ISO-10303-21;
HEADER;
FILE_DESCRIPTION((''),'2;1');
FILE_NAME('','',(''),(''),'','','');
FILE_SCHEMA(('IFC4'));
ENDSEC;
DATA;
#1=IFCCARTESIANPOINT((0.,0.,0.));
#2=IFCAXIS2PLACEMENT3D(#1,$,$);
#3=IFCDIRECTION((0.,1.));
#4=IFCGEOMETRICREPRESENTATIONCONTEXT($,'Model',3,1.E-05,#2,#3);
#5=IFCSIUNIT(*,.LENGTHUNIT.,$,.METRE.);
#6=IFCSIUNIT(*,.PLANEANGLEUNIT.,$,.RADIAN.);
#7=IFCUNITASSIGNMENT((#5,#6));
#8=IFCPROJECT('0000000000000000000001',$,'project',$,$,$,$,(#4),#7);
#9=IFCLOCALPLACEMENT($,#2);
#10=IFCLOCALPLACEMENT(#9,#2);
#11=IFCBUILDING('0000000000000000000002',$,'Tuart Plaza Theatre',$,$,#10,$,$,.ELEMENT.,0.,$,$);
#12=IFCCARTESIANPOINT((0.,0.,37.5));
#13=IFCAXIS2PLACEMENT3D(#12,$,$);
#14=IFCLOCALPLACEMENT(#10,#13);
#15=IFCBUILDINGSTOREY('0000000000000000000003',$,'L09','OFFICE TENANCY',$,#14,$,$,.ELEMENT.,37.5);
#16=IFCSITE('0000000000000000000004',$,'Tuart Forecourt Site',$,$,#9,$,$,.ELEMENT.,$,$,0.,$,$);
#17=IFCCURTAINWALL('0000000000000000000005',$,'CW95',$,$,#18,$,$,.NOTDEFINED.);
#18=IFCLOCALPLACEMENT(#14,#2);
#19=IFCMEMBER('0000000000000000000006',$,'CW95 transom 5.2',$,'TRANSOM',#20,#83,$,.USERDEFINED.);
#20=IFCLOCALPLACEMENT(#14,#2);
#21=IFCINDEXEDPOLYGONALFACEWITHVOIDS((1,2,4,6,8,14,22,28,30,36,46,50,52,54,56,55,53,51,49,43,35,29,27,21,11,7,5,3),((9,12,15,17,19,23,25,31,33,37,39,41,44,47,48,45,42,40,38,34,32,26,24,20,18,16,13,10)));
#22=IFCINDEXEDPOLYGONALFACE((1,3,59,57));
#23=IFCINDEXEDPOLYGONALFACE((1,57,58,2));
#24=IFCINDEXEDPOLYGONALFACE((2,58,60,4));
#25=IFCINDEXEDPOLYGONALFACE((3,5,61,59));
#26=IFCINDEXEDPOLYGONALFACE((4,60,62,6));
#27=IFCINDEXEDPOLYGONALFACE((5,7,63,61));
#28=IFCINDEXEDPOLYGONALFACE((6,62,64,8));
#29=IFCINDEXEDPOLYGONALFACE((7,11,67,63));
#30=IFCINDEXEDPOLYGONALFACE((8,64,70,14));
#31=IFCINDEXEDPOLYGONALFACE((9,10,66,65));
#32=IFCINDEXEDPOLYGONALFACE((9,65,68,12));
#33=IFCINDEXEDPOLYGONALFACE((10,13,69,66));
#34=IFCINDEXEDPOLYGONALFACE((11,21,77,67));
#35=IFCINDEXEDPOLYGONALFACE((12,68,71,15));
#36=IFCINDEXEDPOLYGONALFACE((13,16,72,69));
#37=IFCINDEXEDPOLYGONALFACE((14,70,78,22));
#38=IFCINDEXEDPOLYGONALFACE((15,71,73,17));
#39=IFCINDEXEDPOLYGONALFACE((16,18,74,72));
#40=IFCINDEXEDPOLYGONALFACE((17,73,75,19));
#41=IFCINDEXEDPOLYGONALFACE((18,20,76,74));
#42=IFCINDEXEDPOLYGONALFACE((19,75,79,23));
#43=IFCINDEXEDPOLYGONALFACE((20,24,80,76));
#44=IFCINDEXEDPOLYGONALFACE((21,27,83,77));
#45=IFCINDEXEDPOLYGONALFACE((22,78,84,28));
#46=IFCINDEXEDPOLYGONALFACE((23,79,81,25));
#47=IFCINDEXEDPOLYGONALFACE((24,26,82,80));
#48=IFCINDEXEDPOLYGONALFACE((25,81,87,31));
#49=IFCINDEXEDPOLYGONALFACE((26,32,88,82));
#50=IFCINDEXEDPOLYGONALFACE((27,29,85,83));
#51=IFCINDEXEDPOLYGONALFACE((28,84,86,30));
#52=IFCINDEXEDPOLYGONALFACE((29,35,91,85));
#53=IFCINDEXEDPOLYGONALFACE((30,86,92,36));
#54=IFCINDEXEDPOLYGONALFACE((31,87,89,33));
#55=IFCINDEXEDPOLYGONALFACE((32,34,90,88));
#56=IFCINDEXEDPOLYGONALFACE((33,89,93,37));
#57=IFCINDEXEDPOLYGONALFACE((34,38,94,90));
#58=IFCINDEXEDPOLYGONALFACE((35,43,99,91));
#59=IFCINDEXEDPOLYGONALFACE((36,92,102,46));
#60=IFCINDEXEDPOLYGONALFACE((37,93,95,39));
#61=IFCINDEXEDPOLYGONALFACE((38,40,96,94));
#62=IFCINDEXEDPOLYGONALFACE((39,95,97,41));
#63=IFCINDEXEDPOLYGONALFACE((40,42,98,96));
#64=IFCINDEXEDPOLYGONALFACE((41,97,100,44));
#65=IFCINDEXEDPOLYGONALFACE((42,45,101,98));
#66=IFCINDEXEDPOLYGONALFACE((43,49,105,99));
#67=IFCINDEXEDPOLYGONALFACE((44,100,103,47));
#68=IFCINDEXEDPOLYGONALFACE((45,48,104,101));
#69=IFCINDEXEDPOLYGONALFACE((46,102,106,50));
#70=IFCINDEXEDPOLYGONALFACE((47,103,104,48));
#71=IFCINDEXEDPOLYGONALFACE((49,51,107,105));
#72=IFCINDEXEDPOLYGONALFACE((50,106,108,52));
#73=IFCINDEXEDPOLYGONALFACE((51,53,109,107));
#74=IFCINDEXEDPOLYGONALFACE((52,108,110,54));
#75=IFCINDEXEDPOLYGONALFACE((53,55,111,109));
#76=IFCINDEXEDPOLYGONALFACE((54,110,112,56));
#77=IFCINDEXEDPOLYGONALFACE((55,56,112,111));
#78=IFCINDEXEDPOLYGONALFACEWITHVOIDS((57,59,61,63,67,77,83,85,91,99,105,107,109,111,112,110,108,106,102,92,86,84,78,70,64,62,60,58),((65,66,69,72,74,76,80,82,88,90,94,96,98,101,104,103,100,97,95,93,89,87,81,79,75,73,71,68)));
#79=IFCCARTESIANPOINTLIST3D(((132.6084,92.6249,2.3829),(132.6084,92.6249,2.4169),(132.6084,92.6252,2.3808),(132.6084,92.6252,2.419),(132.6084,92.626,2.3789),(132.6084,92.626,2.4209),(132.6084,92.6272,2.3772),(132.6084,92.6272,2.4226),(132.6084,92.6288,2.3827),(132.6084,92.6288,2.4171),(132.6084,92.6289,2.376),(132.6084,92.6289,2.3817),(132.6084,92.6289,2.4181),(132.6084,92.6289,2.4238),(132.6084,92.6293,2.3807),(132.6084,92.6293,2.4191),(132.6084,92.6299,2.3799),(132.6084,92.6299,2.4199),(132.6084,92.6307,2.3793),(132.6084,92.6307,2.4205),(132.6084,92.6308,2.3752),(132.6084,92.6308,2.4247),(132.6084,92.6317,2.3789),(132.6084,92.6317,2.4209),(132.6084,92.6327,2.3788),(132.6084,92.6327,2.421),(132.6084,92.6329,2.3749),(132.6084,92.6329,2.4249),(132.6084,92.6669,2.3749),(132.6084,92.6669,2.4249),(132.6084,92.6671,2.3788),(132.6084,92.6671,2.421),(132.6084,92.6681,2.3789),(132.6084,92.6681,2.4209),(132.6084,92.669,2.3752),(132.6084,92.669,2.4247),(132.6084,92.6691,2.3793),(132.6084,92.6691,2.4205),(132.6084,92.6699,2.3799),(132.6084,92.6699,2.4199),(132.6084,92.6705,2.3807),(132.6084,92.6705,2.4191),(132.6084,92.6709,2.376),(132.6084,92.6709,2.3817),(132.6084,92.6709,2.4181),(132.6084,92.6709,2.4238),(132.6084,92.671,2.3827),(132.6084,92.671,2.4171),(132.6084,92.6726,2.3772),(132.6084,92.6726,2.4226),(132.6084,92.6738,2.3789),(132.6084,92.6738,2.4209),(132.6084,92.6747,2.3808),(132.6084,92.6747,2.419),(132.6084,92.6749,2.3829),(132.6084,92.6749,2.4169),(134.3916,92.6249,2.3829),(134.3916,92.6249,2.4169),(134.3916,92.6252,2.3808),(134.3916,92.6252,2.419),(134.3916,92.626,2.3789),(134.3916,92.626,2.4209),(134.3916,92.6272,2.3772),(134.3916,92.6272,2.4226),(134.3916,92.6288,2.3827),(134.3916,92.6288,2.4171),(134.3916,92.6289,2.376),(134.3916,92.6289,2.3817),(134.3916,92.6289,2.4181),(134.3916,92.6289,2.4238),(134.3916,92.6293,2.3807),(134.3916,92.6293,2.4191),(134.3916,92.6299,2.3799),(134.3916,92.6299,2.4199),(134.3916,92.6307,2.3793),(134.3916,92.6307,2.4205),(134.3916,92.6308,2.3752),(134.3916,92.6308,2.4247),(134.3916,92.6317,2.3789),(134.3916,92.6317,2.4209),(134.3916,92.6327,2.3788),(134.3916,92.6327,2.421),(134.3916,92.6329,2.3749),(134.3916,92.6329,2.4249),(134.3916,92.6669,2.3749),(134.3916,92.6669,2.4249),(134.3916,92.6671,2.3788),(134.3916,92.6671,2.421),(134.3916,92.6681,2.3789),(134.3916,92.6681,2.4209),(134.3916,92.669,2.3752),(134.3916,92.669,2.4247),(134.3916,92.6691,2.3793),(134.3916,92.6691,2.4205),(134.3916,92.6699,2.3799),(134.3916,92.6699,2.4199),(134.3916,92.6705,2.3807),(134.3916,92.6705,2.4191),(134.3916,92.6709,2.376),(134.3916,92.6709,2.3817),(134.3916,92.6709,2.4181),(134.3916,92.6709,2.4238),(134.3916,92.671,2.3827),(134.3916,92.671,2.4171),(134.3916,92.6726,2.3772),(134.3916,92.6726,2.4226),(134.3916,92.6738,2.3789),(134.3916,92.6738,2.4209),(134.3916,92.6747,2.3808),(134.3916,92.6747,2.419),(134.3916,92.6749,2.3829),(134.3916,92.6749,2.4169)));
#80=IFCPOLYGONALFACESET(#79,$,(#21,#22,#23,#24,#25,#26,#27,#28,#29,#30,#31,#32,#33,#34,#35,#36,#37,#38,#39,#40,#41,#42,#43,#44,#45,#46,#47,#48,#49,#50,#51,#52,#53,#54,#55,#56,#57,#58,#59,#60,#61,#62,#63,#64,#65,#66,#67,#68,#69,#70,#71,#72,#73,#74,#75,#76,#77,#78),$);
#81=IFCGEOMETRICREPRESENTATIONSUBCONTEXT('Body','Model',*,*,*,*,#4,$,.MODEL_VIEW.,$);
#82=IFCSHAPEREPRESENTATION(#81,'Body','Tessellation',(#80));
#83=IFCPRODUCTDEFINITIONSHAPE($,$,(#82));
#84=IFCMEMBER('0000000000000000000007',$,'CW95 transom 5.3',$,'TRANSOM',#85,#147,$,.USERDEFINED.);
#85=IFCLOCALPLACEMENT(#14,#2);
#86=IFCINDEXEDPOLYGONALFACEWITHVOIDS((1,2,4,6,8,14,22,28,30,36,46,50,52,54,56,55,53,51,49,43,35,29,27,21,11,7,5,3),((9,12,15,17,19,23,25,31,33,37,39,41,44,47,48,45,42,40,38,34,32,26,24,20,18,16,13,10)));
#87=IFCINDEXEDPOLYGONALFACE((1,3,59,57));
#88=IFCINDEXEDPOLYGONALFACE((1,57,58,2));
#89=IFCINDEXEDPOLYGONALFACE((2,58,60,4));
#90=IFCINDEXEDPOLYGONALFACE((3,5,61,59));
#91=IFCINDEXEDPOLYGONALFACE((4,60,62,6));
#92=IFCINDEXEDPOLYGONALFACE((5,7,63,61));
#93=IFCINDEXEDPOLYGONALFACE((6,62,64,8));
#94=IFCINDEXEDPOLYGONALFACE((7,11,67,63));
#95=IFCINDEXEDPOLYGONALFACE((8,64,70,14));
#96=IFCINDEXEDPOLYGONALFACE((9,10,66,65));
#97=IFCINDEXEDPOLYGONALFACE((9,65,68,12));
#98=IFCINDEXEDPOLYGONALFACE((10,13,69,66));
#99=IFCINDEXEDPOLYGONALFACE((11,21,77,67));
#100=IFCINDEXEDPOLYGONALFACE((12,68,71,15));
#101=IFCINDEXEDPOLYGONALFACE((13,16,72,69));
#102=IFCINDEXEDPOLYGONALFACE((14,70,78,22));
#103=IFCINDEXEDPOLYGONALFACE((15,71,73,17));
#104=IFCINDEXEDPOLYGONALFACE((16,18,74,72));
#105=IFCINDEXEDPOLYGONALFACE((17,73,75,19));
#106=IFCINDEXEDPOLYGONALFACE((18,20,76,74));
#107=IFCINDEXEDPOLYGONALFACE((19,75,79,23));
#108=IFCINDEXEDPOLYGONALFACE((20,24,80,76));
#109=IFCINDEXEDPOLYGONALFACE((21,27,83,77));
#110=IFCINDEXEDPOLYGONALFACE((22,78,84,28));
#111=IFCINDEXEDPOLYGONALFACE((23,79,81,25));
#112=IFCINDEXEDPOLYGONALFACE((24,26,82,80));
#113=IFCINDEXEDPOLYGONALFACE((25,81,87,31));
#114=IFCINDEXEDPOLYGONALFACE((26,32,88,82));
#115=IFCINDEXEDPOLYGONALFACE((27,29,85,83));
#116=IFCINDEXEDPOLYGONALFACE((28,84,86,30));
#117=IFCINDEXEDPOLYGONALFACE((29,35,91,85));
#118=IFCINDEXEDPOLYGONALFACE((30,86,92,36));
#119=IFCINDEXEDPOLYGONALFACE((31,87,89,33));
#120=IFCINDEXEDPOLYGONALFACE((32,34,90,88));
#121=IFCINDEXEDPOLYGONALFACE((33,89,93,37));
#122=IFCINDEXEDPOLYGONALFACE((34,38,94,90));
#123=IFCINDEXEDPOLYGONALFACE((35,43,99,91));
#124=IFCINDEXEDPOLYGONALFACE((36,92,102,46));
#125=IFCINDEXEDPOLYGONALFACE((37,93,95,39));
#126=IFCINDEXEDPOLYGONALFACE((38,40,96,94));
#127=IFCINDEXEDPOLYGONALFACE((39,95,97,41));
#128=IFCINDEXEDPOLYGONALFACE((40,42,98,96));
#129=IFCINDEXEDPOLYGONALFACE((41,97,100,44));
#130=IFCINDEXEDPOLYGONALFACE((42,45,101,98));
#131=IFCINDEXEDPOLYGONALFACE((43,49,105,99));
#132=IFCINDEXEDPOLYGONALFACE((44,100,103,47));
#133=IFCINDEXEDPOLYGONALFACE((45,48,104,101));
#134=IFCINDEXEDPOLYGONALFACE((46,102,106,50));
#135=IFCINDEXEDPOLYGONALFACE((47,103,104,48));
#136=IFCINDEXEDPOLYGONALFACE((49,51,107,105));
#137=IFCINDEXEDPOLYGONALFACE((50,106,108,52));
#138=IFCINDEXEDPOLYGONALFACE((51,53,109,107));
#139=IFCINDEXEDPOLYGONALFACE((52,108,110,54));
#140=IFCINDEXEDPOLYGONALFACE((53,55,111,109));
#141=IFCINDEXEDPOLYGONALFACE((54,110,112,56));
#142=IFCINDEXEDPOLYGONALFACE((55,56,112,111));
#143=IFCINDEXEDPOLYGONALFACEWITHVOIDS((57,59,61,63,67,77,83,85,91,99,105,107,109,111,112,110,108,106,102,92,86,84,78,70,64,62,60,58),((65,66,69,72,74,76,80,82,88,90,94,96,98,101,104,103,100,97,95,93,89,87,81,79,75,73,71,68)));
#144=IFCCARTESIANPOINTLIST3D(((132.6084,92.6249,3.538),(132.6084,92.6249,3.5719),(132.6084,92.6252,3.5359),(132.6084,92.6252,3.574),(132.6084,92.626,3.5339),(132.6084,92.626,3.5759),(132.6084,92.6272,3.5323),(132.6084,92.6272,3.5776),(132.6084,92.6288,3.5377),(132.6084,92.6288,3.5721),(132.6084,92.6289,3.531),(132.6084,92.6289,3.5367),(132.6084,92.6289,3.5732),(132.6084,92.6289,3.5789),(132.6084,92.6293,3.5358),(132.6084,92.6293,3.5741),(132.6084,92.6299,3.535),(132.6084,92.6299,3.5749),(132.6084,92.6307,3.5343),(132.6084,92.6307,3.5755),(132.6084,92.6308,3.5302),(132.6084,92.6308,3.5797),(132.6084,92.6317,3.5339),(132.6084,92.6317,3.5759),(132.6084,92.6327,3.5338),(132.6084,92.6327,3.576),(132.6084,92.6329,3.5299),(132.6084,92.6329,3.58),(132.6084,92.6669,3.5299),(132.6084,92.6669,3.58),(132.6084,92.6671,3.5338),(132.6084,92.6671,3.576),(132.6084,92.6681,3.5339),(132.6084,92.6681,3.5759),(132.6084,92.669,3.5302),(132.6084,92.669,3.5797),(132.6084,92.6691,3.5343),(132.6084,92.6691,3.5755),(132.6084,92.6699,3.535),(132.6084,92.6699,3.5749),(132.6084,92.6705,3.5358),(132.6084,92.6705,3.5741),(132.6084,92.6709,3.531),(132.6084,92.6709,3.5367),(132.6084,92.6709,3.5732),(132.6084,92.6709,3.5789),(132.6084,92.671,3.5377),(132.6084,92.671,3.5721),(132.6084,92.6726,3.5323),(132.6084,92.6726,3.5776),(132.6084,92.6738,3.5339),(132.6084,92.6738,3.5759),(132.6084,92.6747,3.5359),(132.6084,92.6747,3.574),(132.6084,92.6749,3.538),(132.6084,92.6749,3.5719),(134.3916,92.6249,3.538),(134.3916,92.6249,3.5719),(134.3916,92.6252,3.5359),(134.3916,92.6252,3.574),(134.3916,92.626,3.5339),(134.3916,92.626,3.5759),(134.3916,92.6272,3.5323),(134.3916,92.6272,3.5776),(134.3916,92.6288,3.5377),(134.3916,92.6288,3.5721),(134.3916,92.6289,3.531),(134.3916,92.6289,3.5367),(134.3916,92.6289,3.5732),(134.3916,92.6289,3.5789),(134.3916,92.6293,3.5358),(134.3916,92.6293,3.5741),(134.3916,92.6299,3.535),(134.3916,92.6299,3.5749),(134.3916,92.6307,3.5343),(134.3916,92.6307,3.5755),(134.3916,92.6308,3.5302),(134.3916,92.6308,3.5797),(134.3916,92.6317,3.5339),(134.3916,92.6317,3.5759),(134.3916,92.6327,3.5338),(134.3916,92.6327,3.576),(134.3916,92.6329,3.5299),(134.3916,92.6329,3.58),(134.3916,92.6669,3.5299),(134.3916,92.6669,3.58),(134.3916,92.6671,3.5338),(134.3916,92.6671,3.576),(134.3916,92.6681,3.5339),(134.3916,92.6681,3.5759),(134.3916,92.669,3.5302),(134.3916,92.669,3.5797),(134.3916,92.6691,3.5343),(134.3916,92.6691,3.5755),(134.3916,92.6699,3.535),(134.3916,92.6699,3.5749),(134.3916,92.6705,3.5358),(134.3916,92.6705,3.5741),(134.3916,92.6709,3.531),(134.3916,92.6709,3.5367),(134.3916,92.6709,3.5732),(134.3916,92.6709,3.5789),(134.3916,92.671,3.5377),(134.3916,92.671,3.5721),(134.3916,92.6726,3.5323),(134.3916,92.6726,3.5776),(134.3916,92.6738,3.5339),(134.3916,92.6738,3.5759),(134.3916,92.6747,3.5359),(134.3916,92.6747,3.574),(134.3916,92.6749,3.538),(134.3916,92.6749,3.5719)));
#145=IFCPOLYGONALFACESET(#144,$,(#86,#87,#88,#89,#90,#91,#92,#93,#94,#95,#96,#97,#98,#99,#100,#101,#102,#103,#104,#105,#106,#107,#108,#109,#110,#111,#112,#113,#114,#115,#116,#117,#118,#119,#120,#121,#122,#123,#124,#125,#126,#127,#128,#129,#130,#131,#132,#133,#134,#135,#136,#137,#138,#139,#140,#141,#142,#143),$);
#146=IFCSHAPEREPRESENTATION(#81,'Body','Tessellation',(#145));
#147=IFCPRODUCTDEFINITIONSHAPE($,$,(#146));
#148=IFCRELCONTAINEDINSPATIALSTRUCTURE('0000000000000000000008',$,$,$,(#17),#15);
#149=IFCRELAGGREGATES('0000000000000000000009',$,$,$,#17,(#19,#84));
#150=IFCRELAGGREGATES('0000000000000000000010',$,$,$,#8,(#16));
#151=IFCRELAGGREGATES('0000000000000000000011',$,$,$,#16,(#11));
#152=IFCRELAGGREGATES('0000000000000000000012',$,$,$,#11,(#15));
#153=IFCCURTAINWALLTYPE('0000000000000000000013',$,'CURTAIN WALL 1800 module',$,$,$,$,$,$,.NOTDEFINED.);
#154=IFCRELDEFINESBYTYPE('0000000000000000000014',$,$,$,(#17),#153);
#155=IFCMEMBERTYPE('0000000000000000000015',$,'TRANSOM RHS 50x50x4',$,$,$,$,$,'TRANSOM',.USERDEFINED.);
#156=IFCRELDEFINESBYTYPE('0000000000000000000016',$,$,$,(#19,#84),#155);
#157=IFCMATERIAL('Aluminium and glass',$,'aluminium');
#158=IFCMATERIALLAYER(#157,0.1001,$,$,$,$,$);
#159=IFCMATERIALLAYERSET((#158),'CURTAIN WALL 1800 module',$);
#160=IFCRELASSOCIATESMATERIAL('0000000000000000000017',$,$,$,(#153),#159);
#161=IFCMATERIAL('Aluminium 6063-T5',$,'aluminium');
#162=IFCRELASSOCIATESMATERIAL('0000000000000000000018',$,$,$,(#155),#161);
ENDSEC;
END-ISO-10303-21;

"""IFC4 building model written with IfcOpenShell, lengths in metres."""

from ifc_helpers import new_model, si_unit, direction, frame, origin, origin_2d, place, context, subcontext, project, spatial, hollow_rectangle, extrude, material, layer, layer_set, material_profile, profile_set, type_object, element, aggregate, save


model = new_model("IFC4")

# Units and contexts
model_context = context("Model", 3, precision=1e-05, world=origin(), true_north=direction((0.0, 1.0)))
body_context = subcontext(model_context, "Body", "Model", "MODEL_VIEW")
ifc_project = project(units=[si_unit("LENGTHUNIT", "METRE"), si_unit("PLANEANGLEUNIT", "RADIAN")], contexts=[model_context])

# Site, building, storey
site_placement = place(None, origin())
site = spatial("IfcSite", under=ifc_project, at=site_placement, Name="Tuart Forecourt Site", CompositionType="ELEMENT", RefElevation=0.0)
building_placement = place(site_placement, origin())
building = spatial("IfcBuilding", under=site, at=building_placement, Name="Tuart Plaza Theatre", CompositionType="ELEMENT", ElevationOfRefHeight=0.0)
storey_placement = place(building_placement, frame((0.0, 0.0, 37.5)))
storey = spatial("IfcBuildingStorey", under=building, at=storey_placement, Name="L09", Description="OFFICE TENANCY", CompositionType="ELEMENT", Elevation=37.5)

# Curtain wall, members
ifc_material_1 = material(Name="Aluminium and glass", Category="aluminium")
ifc_layer_1 = layer(ifc_material_1, 0.1001)
ifc_layer_set_1 = layer_set([ifc_layer_1], Name="CURTAIN WALL 1800 module")
curtain_wall_type = type_object("IfcCurtainWallType", Name="CURTAIN WALL 1800 module", PredefinedType="NOTDEFINED", material=ifc_layer_set_1)
curtain_wall_placement = place(storey_placement, origin())
curtain_wall = element("IfcCurtainWall", 1, at=curtain_wall_placement, inside=storey, type_object=curtain_wall_type, Name="CW95", PredefinedType="NOTDEFINED")
ifc_material_2 = material(Name="Aluminium 6063-T5", Category="aluminium")
ifc_material_profile_1 = material_profile(ifc_material_2, hollow_rectangle(XDim=0.05, YDim=0.05, WallThickness=0.0039, InnerFilletRadius=0.0039, OuterFilletRadius=0.0081, at=origin_2d()), Name="RHS 50x50x4")
ifc_profile_set_1 = profile_set([ifc_material_profile_1], Name="Aluminium 6063-T5")
member_type_1 = type_object("IfcMemberType", Name="TRANSOM RHS 50x50x4", ElementType="TRANSOM", PredefinedType="USERDEFINED", material=ifc_profile_set_1)
member_1_placement = place(storey_placement, frame((134.3916, 92.6499, 2.3999), z_axis=(-1.0, 0.0, 0.0), x_axis=(0.0, -1.0, 0.0)))
member_1 = element("IfcMember", 2, at=member_1_placement, type_object=member_type_1, Name="CW95 transom 5.2", ObjectType="TRANSOM", PredefinedType="USERDEFINED", context=body_context, shape_type="SweptSolid", body=[
    extrude(hollow_rectangle(XDim=0.05, YDim=0.05, WallThickness=0.0039, InnerFilletRadius=0.0039, OuterFilletRadius=0.0081, at=origin_2d()), origin(), (0.0, 0.0, 1.0), 1.7832),
])
member_2_placement = place(storey_placement, frame((134.3916, 92.6499, 3.5549), z_axis=(-1.0, 0.0, 0.0), x_axis=(0.0, -1.0, 0.0)))
member_2 = element("IfcMember", 3, at=member_2_placement, type_object=member_type_1, Name="CW95 transom 5.3", ObjectType="TRANSOM", PredefinedType="USERDEFINED", context=body_context, shape_type="SweptSolid", body=[
    extrude(hollow_rectangle(XDim=0.05, YDim=0.05, WallThickness=0.0039, InnerFilletRadius=0.0039, OuterFilletRadius=0.0081, at=origin_2d()), origin(), (0.0, 0.0, 1.0), 1.7832),
])
aggregate(curtain_wall, [member_1, member_2])

save(model, "model.ifc")
